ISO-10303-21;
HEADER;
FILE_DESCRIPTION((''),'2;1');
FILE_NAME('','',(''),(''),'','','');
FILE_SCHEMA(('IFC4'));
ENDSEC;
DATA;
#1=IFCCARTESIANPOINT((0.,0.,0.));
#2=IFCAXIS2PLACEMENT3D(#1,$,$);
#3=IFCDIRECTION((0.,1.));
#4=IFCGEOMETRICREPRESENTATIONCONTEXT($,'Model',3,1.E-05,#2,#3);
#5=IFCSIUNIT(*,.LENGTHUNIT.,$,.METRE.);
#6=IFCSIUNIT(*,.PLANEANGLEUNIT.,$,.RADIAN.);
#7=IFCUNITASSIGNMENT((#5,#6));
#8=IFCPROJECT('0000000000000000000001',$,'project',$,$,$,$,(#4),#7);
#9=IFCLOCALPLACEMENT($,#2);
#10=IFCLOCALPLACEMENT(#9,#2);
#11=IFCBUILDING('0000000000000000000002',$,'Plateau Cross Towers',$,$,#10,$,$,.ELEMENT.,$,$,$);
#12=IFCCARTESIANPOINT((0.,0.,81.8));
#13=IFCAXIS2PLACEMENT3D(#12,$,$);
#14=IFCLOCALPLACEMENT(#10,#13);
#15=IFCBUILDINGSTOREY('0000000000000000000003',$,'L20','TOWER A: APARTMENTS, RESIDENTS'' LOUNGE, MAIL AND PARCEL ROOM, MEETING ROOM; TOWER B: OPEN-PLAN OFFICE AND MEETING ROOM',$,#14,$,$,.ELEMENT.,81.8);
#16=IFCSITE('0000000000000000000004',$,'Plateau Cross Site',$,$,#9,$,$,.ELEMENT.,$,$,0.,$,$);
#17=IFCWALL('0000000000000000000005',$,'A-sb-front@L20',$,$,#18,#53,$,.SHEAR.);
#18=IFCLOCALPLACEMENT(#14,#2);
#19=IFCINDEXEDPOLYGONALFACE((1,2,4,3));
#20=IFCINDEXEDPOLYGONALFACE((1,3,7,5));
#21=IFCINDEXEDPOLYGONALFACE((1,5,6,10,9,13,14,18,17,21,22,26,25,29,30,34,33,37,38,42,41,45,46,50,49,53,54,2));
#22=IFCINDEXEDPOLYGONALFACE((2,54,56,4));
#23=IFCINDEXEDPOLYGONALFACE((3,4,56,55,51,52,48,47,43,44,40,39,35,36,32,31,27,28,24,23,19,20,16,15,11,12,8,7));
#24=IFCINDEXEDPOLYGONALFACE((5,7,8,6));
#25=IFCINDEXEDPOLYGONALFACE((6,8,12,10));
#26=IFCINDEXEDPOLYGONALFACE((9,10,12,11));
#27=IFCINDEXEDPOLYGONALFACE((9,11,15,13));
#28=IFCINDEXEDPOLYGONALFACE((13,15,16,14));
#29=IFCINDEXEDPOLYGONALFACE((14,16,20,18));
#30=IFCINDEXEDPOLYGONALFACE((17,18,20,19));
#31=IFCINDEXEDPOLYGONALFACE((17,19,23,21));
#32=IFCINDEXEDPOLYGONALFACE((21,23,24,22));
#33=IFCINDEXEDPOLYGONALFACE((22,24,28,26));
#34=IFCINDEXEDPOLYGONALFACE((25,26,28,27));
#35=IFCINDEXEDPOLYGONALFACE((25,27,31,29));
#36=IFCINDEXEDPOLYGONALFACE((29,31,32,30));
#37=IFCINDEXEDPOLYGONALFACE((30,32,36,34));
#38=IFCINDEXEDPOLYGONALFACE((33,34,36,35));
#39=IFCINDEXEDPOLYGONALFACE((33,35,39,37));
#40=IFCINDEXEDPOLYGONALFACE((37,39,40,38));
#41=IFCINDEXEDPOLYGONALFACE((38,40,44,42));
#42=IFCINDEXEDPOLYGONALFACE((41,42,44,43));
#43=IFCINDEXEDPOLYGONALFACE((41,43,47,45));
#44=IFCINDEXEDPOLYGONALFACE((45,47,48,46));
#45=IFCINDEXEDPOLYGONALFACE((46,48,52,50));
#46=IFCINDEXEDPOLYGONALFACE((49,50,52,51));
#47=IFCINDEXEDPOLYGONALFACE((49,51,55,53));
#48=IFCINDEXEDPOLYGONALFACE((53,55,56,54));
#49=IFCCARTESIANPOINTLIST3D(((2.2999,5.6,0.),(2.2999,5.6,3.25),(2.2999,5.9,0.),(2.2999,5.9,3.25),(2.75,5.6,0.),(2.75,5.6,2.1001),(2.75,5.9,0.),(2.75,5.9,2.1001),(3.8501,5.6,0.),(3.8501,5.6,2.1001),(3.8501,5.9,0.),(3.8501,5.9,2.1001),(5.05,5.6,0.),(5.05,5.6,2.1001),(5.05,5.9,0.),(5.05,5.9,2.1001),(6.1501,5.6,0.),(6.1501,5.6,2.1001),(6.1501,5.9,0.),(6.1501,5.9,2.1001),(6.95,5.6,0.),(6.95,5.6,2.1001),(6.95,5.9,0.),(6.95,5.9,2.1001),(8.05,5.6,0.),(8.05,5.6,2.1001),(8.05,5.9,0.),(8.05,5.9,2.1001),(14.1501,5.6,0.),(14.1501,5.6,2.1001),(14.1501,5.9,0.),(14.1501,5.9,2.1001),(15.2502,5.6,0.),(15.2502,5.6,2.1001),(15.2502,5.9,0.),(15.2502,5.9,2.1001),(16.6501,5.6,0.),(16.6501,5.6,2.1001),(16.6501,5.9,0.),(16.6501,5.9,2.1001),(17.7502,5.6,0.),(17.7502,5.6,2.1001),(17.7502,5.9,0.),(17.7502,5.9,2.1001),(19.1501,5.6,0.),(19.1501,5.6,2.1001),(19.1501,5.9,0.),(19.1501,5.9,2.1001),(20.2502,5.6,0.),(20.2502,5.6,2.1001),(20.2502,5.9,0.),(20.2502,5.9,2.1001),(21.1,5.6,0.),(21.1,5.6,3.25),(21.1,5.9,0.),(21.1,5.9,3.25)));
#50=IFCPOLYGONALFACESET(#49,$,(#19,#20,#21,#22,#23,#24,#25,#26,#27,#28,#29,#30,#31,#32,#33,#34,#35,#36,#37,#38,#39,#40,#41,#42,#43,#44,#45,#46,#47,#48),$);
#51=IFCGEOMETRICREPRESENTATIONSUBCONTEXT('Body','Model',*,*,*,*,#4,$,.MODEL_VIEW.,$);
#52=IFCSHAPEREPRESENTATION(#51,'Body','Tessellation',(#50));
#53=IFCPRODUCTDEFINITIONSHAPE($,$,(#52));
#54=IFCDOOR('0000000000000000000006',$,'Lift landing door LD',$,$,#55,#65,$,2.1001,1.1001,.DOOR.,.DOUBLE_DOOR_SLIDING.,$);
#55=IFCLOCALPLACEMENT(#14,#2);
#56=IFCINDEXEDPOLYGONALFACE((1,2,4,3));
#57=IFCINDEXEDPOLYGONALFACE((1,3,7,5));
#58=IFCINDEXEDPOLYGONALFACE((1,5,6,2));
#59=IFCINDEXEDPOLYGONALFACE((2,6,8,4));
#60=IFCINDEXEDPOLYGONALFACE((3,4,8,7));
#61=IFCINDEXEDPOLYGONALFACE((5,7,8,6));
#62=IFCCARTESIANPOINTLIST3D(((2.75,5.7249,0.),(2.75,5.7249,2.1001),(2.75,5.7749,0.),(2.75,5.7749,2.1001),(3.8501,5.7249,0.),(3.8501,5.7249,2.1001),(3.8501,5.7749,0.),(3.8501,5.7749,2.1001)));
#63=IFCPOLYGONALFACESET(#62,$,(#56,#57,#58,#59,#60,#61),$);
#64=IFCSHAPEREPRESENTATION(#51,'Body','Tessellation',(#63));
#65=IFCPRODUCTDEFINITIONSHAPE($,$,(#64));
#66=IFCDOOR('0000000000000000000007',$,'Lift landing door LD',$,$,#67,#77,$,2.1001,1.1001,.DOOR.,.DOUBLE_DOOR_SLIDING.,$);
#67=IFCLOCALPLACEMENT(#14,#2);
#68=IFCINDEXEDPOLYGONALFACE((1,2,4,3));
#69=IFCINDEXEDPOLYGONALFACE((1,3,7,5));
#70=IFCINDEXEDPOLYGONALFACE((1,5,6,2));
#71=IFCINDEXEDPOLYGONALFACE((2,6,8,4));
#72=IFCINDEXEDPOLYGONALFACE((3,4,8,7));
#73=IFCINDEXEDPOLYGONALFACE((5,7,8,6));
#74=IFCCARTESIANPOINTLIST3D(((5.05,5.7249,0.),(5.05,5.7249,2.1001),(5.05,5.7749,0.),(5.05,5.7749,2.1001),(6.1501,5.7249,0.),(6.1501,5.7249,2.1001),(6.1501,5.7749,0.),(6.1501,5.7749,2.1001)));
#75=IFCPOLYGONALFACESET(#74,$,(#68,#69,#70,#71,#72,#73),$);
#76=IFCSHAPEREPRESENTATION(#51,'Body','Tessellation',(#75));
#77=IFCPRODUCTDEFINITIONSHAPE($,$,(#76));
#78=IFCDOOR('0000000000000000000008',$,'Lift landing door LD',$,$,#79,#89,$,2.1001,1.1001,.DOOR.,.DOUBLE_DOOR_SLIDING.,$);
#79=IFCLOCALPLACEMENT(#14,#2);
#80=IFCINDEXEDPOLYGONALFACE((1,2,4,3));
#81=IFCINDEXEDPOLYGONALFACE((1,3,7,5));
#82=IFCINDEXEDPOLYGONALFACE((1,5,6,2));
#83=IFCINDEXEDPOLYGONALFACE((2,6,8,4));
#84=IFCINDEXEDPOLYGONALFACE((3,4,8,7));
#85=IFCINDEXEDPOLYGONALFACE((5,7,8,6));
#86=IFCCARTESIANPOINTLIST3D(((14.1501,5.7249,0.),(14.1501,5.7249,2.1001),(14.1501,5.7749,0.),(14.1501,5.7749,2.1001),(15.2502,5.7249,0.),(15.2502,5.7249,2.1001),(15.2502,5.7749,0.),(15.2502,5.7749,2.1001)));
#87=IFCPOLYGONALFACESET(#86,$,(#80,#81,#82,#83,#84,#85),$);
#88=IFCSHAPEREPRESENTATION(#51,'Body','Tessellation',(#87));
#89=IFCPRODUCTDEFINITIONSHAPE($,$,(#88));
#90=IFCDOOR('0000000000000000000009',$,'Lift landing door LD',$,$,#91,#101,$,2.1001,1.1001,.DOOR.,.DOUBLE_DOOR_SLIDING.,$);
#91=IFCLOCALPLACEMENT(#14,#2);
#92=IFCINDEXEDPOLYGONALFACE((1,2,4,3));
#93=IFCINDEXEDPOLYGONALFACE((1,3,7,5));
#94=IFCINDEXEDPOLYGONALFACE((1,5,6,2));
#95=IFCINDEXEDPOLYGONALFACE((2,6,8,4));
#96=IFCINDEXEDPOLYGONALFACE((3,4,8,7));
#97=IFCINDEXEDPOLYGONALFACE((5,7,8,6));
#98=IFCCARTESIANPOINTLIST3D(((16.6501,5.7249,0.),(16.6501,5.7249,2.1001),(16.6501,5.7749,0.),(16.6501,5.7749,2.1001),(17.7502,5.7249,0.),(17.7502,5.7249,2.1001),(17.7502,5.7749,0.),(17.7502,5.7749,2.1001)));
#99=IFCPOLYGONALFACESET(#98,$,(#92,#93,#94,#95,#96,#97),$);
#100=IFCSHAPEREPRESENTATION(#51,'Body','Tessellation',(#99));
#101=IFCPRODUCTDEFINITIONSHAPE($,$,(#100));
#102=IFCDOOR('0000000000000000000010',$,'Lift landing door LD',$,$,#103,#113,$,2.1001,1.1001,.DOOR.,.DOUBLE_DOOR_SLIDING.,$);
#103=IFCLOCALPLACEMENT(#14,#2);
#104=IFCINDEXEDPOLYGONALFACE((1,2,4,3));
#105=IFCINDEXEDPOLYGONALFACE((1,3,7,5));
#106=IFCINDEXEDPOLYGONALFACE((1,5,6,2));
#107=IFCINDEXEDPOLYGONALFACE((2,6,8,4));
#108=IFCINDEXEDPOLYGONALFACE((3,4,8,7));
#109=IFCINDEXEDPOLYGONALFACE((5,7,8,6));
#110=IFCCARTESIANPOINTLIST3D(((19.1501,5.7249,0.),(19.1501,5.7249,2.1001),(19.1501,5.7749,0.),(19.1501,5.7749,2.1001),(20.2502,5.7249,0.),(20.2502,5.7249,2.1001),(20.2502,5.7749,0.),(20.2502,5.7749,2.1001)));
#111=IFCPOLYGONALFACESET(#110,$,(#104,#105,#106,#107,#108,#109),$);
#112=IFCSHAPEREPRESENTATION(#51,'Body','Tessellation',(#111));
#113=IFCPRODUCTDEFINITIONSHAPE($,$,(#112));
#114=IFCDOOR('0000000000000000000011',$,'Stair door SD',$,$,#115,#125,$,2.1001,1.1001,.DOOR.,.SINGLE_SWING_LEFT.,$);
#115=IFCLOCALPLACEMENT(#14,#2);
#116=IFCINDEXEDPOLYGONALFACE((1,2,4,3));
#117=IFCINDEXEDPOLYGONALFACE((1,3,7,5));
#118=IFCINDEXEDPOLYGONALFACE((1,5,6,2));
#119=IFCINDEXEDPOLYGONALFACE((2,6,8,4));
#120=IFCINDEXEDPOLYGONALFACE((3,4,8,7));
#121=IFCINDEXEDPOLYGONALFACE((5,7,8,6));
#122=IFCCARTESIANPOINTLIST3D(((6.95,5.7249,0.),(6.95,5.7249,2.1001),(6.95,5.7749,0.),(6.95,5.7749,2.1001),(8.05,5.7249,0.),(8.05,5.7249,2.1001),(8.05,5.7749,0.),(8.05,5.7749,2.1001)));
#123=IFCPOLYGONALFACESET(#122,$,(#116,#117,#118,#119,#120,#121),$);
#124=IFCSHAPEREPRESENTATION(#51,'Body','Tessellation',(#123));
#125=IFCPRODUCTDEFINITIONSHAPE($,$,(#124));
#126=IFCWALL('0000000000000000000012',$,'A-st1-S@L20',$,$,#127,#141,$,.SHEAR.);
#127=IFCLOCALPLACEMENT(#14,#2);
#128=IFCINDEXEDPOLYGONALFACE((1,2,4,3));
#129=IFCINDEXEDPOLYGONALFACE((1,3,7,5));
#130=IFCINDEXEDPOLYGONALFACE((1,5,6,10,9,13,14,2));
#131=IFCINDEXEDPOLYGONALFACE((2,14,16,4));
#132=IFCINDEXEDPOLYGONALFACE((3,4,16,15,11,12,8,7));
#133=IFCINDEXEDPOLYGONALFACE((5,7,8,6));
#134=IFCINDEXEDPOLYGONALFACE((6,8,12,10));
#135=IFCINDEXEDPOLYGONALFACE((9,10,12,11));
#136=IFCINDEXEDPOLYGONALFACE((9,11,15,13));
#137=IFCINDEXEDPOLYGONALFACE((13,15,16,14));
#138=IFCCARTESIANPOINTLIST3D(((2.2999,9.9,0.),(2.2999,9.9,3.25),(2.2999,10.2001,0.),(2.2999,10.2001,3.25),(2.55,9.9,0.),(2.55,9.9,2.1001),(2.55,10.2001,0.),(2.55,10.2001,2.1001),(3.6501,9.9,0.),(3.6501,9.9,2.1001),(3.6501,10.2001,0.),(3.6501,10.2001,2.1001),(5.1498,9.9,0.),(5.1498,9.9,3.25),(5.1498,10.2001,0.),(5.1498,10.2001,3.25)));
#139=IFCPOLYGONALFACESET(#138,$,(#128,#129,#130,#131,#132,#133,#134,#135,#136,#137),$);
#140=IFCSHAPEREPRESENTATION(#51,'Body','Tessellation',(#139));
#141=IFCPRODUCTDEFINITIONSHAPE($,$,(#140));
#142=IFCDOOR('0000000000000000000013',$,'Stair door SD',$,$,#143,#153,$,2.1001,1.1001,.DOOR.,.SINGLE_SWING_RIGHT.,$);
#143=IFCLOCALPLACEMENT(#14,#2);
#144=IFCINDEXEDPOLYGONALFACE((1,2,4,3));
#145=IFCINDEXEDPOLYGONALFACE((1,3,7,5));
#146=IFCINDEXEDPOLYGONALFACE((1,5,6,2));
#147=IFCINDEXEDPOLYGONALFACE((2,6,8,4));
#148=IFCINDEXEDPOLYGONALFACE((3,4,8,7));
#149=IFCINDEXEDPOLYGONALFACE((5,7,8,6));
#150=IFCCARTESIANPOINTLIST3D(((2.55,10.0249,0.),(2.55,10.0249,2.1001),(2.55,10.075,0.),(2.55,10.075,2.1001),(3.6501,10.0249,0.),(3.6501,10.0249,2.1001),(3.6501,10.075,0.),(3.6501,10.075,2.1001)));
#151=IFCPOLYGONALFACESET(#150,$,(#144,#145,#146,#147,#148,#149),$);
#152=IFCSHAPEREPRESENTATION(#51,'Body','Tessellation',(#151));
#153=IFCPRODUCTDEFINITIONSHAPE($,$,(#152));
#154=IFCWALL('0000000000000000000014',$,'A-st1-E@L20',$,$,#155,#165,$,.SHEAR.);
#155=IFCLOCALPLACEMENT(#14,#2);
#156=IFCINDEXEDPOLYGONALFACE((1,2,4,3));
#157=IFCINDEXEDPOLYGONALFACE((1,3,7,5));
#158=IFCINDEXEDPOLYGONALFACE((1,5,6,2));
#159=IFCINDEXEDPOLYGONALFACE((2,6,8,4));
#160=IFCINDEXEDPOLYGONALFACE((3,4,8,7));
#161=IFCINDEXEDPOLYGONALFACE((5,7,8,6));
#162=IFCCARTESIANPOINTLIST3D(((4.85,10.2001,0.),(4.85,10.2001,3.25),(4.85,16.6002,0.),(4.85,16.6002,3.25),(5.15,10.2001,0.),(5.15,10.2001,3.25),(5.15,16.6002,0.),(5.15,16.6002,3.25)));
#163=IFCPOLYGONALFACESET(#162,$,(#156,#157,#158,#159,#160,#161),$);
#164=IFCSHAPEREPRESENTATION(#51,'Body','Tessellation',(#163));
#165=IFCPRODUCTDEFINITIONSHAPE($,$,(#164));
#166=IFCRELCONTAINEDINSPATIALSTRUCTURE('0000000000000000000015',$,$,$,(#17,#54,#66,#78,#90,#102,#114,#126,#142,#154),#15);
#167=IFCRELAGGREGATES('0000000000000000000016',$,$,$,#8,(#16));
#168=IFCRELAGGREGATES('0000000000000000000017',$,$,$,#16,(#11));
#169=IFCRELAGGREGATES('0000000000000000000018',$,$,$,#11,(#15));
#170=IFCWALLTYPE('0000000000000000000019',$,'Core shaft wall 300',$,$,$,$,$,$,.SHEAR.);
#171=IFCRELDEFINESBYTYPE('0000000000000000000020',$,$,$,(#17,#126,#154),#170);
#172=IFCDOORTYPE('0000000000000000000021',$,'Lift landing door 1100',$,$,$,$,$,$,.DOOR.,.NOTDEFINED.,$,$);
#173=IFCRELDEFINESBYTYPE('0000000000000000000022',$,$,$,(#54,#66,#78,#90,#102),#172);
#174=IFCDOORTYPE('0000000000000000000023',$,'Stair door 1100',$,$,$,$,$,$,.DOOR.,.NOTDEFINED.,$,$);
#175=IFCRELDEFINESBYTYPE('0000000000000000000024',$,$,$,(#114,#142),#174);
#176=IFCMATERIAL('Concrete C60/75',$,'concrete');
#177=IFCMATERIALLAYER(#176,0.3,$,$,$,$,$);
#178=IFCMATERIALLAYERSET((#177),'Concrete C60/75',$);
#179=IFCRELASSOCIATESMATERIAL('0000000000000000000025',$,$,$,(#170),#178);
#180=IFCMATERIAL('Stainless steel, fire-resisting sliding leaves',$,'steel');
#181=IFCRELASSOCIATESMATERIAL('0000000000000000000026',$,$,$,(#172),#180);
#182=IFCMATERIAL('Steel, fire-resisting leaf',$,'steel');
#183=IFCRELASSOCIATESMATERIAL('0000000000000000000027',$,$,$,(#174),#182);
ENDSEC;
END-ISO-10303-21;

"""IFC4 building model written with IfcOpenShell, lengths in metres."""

from ifc_helpers import new_model, si_unit, direction, frame, frame_2d, origin, place, context, subcontext, project, spatial, rectangle, extrude, material, layer, layer_set, type_object, element, fill, save


model = new_model("IFC4")

# Units and contexts
model_context = context("Model", 3, precision=1e-05, world=origin(), true_north=direction((0.0, 1.0)))
body_context = subcontext(model_context, "Body", "Model", "MODEL_VIEW")
ifc_project = project(units=[si_unit("LENGTHUNIT", "METRE"), si_unit("PLANEANGLEUNIT", "RADIAN")], contexts=[model_context])

# Site, building, storey
site_placement = place(None, origin())
site = spatial("IfcSite", under=ifc_project, at=site_placement, Name="Plateau Cross Site", CompositionType="ELEMENT", RefElevation=0.0)
building_placement = place(site_placement, origin())
building = spatial("IfcBuilding", under=site, at=building_placement, Name="Plateau Cross Towers", CompositionType="ELEMENT")
storey_placement = place(building_placement, frame((0.0, 0.0, 81.8)))
storey = spatial("IfcBuildingStorey", under=building, at=storey_placement, Name="L20", Description="TOWER A: APARTMENTS, RESIDENTS' LOUNGE, MAIL AND PARCEL ROOM, MEETING ROOM; TOWER B: OPEN-PLAN OFFICE AND MEETING ROOM", CompositionType="ELEMENT", Elevation=81.8)

# Shared definitions
ifc_material_1 = material(Name="Steel, fire-resisting leaf", Category="steel")

# Shared definitions
ifc_material_2 = material(Name="Concrete C60/75", Category="concrete")
ifc_layer_1 = layer(ifc_material_2, 0.3)
ifc_layer_set_1 = layer_set([ifc_layer_1], Name="Concrete C60/75")
wall_type_1 = type_object("IfcWallType", Name="Core shaft wall 300", PredefinedType="SHEAR", material=ifc_layer_set_1)

# Wall, openings, doors
wall_1_placement = place(storey_placement, frame((2.3, 5.75, 0.0), z_axis=(0.0, 0.0, 1.0), x_axis=(1.0, 0.0, 0.0)))
wall_1 = element("IfcWall", 1, at=wall_1_placement, inside=storey, type_object=wall_type_1, Name="A-sb-front@L20", PredefinedType="SHEAR", context=body_context, shape_type="SweptSolid", body=[
    extrude(rectangle(XDim=18.8, YDim=0.3, at=frame_2d((9.3999, 0.0))), origin(), (0.0, 0.0, 1.0), 3.25),
])
opening_1_placement = place(wall_1_placement, frame((4.6499, 0.0, 0.0)))
opening_1 = element("IfcOpeningElement", 2, at=opening_1_placement, cuts=wall_1, PredefinedType="OPENING", context=body_context, shape_type="SweptSolid", body=[
    extrude(rectangle(XDim=1.1001, YDim=2.1001, at=frame_2d((0.55, 1.05))), frame((0.0, 0.1599, 0.0), z_axis=(0.0, -1.0, 0.0), x_axis=(1.0, 0.0, 0.0)), (0.0, 0.0, 1.0), 0.3201),
])
opening_2_placement = place(wall_1_placement, frame((0.45, 0.0, 0.0)))
opening_2 = element("IfcOpeningElement", 3, at=opening_2_placement, cuts=wall_1, PredefinedType="OPENING", context=body_context, shape_type="SweptSolid", body=[
    extrude(rectangle(XDim=1.1001, YDim=2.1001, at=frame_2d((0.55, 1.05))), frame((0.0, 0.1599, 0.0), z_axis=(0.0, -1.0, 0.0), x_axis=(1.0, 0.0, 0.0)), (0.0, 0.0, 1.0), 0.3201),
])
opening_3_placement = place(wall_1_placement, frame((2.75, 0.0, 0.0)))
opening_3 = element("IfcOpeningElement", 4, at=opening_3_placement, cuts=wall_1, PredefinedType="OPENING", context=body_context, shape_type="SweptSolid", body=[
    extrude(rectangle(XDim=1.1001, YDim=2.1001, at=frame_2d((0.55, 1.05))), frame((0.0, 0.1599, 0.0), z_axis=(0.0, -1.0, 0.0), x_axis=(1.0, 0.0, 0.0)), (0.0, 0.0, 1.0), 0.3201),
])
opening_4_placement = place(wall_1_placement, frame((11.8501, 0.0, 0.0)))
opening_4 = element("IfcOpeningElement", 5, at=opening_4_placement, cuts=wall_1, PredefinedType="OPENING", context=body_context, shape_type="SweptSolid", body=[
    extrude(rectangle(XDim=1.1001, YDim=2.1001, at=frame_2d((0.55, 1.05))), frame((0.0, 0.1599, 0.0), z_axis=(0.0, -1.0, 0.0), x_axis=(1.0, 0.0, 0.0)), (0.0, 0.0, 1.0), 0.3201),
])
opening_5_placement = place(wall_1_placement, frame((14.3501, 0.0, 0.0)))
opening_5 = element("IfcOpeningElement", 6, at=opening_5_placement, cuts=wall_1, PredefinedType="OPENING", context=body_context, shape_type="SweptSolid", body=[
    extrude(rectangle(XDim=1.1001, YDim=2.1001, at=frame_2d((0.55, 1.05))), frame((0.0, 0.1599, 0.0), z_axis=(0.0, -1.0, 0.0), x_axis=(1.0, 0.0, 0.0)), (0.0, 0.0, 1.0), 0.3201),
])
opening_6_placement = place(wall_1_placement, frame((16.8501, 0.0, 0.0)))
opening_6 = element("IfcOpeningElement", 7, at=opening_6_placement, cuts=wall_1, PredefinedType="OPENING", context=body_context, shape_type="SweptSolid", body=[
    extrude(rectangle(XDim=1.1001, YDim=2.1001, at=frame_2d((0.55, 1.05))), frame((0.0, 0.1599, 0.0), z_axis=(0.0, -1.0, 0.0), x_axis=(1.0, 0.0, 0.0)), (0.0, 0.0, 1.0), 0.3201),
])
ifc_material_3 = material(Name="Stainless steel, fire-resisting sliding leaves", Category="steel")
door_type_1 = type_object("IfcDoorType", Name="Lift landing door 1100", OperationType="NOTDEFINED", PredefinedType="DOOR", material=ifc_material_3)
door_1_placement = place(opening_2_placement, origin())
door_1 = element("IfcDoor", 8, at=door_1_placement, inside=storey, type_object=door_type_1, Name="Lift landing door LD", OperationType="DOUBLE_DOOR_SLIDING", OverallHeight=2.1001, OverallWidth=1.1001, PredefinedType="DOOR", context=body_context, shape_type="SweptSolid", body=[
    extrude(rectangle(XDim=1.1001, YDim=2.1001, at=frame_2d((0.55, 1.05))), frame((0.0, 0.0249, 0.0), z_axis=(0.0, -1.0, 0.0), x_axis=(1.0, 0.0, 0.0)), (0.0, 0.0, 1.0), 0.05),
])
fill(opening_2, door_1)
door_2_placement = place(opening_3_placement, origin())
door_2 = element("IfcDoor", 9, at=door_2_placement, inside=storey, type_object=door_type_1, Name="Lift landing door LD", OperationType="DOUBLE_DOOR_SLIDING", OverallHeight=2.1001, OverallWidth=1.1001, PredefinedType="DOOR", context=body_context, shape_type="SweptSolid", body=[
    extrude(rectangle(XDim=1.1001, YDim=2.1001, at=frame_2d((0.55, 1.05))), frame((0.0, 0.0249, 0.0), z_axis=(0.0, -1.0, 0.0), x_axis=(1.0, 0.0, 0.0)), (0.0, 0.0, 1.0), 0.05),
])
fill(opening_3, door_2)
door_3_placement = place(opening_4_placement, origin())
door_3 = element("IfcDoor", 10, at=door_3_placement, inside=storey, type_object=door_type_1, Name="Lift landing door LD", OperationType="DOUBLE_DOOR_SLIDING", OverallHeight=2.1001, OverallWidth=1.1001, PredefinedType="DOOR", context=body_context, shape_type="SweptSolid", body=[
    extrude(rectangle(XDim=1.1001, YDim=2.1001, at=frame_2d((0.55, 1.05))), frame((0.0, 0.0249, 0.0), z_axis=(0.0, -1.0, 0.0), x_axis=(1.0, 0.0, 0.0)), (0.0, 0.0, 1.0), 0.05),
])
fill(opening_4, door_3)
door_4_placement = place(opening_5_placement, origin())
door_4 = element("IfcDoor", 11, at=door_4_placement, inside=storey, type_object=door_type_1, Name="Lift landing door LD", OperationType="DOUBLE_DOOR_SLIDING", OverallHeight=2.1001, OverallWidth=1.1001, PredefinedType="DOOR", context=body_context, shape_type="SweptSolid", body=[
    extrude(rectangle(XDim=1.1001, YDim=2.1001, at=frame_2d((0.55, 1.05))), frame((0.0, 0.0249, 0.0), z_axis=(0.0, -1.0, 0.0), x_axis=(1.0, 0.0, 0.0)), (0.0, 0.0, 1.0), 0.05),
])
fill(opening_5, door_4)
door_5_placement = place(opening_6_placement, origin())
door_5 = element("IfcDoor", 12, at=door_5_placement, inside=storey, type_object=door_type_1, Name="Lift landing door LD", OperationType="DOUBLE_DOOR_SLIDING", OverallHeight=2.1001, OverallWidth=1.1001, PredefinedType="DOOR", context=body_context, shape_type="SweptSolid", body=[
    extrude(rectangle(XDim=1.1001, YDim=2.1001, at=frame_2d((0.55, 1.05))), frame((0.0, 0.0249, 0.0), z_axis=(0.0, -1.0, 0.0), x_axis=(1.0, 0.0, 0.0)), (0.0, 0.0, 1.0), 0.05),
])
fill(opening_6, door_5)
door_type_2 = type_object("IfcDoorType", Name="Stair door 1100", OperationType="NOTDEFINED", PredefinedType="DOOR", material=ifc_material_1)
door_6_placement = place(opening_1_placement, origin())
door_6 = element("IfcDoor", 13, at=door_6_placement, inside=storey, type_object=door_type_2, Name="Stair door SD", OperationType="SINGLE_SWING_LEFT", OverallHeight=2.1001, OverallWidth=1.1001, PredefinedType="DOOR", context=body_context, shape_type="SweptSolid", body=[
    extrude(rectangle(XDim=1.1001, YDim=2.1001, at=frame_2d((0.55, 1.05))), frame((0.0, 0.0249, 0.0), z_axis=(0.0, -1.0, 0.0), x_axis=(1.0, 0.0, 0.0)), (0.0, 0.0, 1.0), 0.05),
])
fill(opening_1, door_6)

# Wall, opening, door
wall_2_placement = place(storey_placement, frame((2.3, 10.05, 0.0), z_axis=(0.0, 0.0, 1.0), x_axis=(1.0, 0.0, 0.0)))
wall_2 = element("IfcWall", 14, at=wall_2_placement, inside=storey, type_object=wall_type_1, Name="A-st1-S@L20", PredefinedType="SHEAR", context=body_context, shape_type="SweptSolid", body=[
    extrude(rectangle(XDim=2.8499, YDim=0.3, at=frame_2d((1.4248, 0.0))), origin(), (0.0, 0.0, 1.0), 3.25),
])
opening_7_placement = place(wall_2_placement, frame((0.25, 0.0, 0.0)))
opening_7 = element("IfcOpeningElement", 15, at=opening_7_placement, cuts=wall_2, PredefinedType="OPENING", context=body_context, shape_type="SweptSolid", body=[
    extrude(rectangle(XDim=1.1001, YDim=2.1001, at=frame_2d((0.55, 1.05))), frame((0.0, 0.1599, 0.0), z_axis=(0.0, -1.0, 0.0), x_axis=(1.0, 0.0, 0.0)), (0.0, 0.0, 1.0), 0.3201),
])
door_7_placement = place(opening_7_placement, origin())
door_7 = element("IfcDoor", 16, at=door_7_placement, inside=storey, type_object=door_type_2, Name="Stair door SD", OperationType="SINGLE_SWING_RIGHT", OverallHeight=2.1001, OverallWidth=1.1001, PredefinedType="DOOR", context=body_context, shape_type="SweptSolid", body=[
    extrude(rectangle(XDim=1.1001, YDim=2.1001, at=frame_2d((0.55, 1.05))), frame((0.0, 0.0249, 0.0), z_axis=(0.0, -1.0, 0.0), x_axis=(1.0, 0.0, 0.0)), (0.0, 0.0, 1.0), 0.05),
])
fill(opening_7, door_7)

# Wall
wall_3_placement = place(storey_placement, frame((5.0, 10.2, 0.0), z_axis=(0.0, 0.0, 1.0), x_axis=(0.0, 1.0, 0.0)))
element("IfcWall", 17, at=wall_3_placement, inside=storey, type_object=wall_type_1, Name="A-st1-E@L20", PredefinedType="SHEAR", context=body_context, shape_type="SweptSolid", body=[
    extrude(rectangle(XDim=6.4001, YDim=0.3, at=frame_2d((3.2002, 0.0))), origin(), (0.0, 0.0, 1.0), 3.25),
])

save(model, "model.ifc")
